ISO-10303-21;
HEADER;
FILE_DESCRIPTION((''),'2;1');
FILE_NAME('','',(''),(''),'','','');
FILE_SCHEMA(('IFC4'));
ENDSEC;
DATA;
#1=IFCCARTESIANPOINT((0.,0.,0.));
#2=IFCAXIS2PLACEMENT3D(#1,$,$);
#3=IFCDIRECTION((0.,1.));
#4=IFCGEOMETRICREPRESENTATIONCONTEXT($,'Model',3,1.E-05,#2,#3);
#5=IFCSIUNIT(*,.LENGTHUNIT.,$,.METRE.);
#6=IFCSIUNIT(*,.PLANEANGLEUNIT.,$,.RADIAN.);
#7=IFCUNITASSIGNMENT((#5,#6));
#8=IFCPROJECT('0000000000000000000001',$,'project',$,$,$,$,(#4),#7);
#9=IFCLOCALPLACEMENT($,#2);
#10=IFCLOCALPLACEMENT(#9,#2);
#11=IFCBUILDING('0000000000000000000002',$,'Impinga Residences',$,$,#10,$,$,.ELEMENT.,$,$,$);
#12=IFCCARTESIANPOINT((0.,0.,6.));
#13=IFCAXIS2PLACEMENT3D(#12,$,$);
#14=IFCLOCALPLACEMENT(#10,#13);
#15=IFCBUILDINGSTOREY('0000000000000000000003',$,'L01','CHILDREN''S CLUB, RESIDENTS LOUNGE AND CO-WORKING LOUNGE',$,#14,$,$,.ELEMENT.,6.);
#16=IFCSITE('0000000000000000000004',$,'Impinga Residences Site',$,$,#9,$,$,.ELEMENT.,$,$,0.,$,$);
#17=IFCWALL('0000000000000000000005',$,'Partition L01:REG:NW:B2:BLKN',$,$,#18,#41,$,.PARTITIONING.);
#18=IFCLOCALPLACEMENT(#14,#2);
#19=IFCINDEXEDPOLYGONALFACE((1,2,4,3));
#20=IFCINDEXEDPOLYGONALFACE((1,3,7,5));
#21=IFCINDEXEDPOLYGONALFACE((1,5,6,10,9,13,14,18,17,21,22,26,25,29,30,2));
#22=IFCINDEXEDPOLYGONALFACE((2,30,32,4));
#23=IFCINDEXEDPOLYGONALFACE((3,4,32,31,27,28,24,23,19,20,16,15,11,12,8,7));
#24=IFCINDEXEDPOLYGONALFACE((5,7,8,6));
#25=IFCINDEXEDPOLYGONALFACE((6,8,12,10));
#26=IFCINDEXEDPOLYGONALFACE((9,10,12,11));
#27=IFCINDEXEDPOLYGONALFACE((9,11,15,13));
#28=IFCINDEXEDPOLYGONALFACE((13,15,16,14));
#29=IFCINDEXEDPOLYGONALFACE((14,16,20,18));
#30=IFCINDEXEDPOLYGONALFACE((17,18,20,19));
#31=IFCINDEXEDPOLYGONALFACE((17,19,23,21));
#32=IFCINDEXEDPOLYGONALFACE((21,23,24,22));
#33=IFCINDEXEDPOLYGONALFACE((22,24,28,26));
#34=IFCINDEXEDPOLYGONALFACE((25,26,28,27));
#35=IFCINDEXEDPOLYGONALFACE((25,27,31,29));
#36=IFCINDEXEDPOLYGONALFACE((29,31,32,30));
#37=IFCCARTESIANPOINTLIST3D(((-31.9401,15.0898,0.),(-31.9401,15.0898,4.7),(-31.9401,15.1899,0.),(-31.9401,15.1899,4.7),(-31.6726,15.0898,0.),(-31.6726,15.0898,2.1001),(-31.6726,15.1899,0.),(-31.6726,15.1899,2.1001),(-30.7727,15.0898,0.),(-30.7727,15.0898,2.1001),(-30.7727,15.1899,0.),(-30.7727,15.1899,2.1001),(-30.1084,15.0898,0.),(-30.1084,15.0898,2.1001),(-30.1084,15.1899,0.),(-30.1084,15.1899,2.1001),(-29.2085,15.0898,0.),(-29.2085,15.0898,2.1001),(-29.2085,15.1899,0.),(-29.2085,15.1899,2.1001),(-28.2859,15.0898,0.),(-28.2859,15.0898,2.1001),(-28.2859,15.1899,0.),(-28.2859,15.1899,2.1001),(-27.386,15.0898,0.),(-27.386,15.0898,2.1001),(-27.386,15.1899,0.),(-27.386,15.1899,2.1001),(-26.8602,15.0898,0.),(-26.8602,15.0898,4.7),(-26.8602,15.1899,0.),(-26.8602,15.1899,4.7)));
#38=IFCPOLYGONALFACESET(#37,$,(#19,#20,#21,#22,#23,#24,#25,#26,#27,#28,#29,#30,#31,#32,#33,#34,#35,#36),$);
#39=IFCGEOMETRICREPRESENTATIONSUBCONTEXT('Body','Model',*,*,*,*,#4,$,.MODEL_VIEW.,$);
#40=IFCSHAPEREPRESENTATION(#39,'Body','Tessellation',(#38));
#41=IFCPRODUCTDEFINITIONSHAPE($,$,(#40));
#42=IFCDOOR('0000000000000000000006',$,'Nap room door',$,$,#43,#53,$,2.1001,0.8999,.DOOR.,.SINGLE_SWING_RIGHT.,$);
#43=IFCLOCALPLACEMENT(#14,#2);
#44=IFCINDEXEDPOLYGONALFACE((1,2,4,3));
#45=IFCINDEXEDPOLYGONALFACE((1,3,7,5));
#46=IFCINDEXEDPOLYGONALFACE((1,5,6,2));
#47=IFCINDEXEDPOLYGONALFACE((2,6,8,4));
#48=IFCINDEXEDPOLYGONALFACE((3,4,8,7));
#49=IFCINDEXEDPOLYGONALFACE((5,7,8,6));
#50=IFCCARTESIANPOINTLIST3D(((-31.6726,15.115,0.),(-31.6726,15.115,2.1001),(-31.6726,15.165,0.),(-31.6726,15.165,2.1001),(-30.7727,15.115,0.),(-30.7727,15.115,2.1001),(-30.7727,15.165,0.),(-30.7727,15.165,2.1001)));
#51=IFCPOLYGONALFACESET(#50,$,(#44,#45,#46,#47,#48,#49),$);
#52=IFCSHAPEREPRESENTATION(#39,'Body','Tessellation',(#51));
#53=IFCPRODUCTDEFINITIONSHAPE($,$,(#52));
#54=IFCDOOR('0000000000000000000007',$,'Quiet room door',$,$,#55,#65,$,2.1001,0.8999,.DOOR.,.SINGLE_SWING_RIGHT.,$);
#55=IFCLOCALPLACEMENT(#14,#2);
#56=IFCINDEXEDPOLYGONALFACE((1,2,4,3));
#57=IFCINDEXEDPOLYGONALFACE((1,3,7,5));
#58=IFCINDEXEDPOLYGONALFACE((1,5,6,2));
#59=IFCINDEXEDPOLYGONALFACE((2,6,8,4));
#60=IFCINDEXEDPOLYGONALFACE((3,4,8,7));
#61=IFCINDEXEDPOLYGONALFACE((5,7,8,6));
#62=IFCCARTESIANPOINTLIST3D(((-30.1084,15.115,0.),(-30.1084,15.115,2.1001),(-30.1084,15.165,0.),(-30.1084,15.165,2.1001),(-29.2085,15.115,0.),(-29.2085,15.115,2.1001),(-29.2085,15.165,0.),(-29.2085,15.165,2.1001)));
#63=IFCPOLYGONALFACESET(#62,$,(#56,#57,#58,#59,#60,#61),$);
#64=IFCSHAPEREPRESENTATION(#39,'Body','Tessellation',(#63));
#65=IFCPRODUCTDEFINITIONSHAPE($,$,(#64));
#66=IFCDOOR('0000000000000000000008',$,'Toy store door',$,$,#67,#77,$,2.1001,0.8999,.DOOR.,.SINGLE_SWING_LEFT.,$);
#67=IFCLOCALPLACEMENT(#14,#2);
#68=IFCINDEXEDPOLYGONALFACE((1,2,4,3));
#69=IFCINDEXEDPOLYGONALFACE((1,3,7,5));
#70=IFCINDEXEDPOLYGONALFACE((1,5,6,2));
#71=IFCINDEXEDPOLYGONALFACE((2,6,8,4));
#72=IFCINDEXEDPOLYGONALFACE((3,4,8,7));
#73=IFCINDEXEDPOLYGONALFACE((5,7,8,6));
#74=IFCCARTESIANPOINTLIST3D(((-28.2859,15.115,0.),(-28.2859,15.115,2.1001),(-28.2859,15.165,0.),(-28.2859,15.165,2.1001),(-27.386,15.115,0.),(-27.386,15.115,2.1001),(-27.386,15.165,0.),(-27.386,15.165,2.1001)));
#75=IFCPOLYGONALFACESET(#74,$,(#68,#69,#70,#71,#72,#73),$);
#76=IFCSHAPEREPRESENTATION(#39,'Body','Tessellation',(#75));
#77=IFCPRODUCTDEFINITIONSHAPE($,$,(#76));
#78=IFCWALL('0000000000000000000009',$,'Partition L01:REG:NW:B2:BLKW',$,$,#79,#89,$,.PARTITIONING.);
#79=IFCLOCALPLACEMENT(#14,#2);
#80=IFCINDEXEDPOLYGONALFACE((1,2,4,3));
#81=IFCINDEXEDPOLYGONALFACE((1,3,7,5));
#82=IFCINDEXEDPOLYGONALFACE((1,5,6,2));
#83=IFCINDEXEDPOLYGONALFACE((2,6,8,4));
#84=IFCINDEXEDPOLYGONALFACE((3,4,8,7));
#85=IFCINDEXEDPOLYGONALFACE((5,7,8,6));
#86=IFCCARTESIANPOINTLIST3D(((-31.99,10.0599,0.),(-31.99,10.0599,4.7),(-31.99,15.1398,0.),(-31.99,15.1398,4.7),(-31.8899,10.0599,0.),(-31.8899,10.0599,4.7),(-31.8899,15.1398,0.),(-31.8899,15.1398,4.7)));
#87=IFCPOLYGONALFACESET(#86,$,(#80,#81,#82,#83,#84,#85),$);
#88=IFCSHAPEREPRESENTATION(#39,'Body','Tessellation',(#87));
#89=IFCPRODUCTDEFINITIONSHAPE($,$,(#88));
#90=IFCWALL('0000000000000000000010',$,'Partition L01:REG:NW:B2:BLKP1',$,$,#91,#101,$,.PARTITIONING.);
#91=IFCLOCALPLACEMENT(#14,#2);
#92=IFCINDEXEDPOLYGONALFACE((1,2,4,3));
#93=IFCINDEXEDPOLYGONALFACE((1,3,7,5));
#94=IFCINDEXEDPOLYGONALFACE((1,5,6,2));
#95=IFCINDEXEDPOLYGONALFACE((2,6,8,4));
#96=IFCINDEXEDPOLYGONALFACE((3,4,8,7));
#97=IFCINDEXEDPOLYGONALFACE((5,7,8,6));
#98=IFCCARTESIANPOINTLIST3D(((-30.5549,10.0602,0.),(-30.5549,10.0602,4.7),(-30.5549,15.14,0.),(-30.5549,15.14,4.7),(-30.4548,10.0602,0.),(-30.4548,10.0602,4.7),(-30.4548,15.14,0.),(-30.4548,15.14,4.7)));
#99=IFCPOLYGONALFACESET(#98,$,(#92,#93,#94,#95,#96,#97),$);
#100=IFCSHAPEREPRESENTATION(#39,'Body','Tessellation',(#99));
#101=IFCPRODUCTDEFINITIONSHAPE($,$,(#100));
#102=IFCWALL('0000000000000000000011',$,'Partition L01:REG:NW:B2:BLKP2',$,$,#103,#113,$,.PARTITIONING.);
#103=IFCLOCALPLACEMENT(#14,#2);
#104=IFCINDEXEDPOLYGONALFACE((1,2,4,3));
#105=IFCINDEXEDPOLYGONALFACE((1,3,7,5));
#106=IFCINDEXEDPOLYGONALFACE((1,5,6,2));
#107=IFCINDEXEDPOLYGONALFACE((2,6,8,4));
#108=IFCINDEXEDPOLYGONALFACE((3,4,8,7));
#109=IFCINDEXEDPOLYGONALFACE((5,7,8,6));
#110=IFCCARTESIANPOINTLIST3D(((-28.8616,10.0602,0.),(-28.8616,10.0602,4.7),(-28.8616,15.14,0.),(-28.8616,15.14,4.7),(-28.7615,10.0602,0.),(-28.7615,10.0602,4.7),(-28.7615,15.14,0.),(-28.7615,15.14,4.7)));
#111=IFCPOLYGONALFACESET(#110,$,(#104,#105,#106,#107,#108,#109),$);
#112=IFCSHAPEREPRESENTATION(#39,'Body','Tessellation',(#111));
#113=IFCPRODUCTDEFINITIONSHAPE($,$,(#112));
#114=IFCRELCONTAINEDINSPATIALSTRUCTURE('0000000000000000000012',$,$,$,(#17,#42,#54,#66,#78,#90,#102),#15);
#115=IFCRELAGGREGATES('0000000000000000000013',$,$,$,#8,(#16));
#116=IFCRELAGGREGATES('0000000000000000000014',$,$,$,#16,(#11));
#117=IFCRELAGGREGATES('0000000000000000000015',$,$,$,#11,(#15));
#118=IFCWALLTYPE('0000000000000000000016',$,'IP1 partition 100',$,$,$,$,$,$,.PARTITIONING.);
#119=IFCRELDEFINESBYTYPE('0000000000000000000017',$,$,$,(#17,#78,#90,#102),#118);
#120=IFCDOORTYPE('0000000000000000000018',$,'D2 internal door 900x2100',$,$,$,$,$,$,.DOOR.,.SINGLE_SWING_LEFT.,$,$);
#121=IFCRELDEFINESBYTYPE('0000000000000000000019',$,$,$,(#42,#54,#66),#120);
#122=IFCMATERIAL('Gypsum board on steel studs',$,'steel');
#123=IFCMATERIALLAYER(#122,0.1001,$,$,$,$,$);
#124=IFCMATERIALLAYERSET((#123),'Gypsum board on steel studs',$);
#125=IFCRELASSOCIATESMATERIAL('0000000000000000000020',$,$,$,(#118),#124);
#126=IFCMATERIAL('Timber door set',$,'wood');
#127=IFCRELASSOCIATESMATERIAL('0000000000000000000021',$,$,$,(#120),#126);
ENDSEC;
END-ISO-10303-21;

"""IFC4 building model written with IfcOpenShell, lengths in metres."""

from ifc_helpers import new_model, si_unit, direction, frame, frame_2d, origin, place, context, subcontext, project, spatial, rectangle, extrude, material, layer, layer_set, type_object, element, fill, save


model = new_model("IFC4")

# Units and contexts
model_context = context("Model", 3, precision=1e-05, world=origin(), true_north=direction((0.0, 1.0)))
body_context = subcontext(model_context, "Body", "Model", "MODEL_VIEW")
ifc_project = project(units=[si_unit("LENGTHUNIT", "METRE"), si_unit("PLANEANGLEUNIT", "RADIAN")], contexts=[model_context])

# Site, building, storey
site_placement = place(None, origin())
site = spatial("IfcSite", under=ifc_project, at=site_placement, Name="Impinga Residences Site", CompositionType="ELEMENT", RefElevation=0.0)
building_placement = place(site_placement, origin())
building = spatial("IfcBuilding", under=site, at=building_placement, Name="Impinga Residences", CompositionType="ELEMENT")
storey_placement = place(building_placement, frame((0.0, 0.0, 6.0)))
storey = spatial("IfcBuildingStorey", under=building, at=storey_placement, Name="L01", Description="CHILDREN'S CLUB, RESIDENTS LOUNGE AND CO-WORKING LOUNGE", CompositionType="ELEMENT", Elevation=6.0)

# Shared definitions
ifc_material_1 = material(Name="Gypsum board on steel studs", Category="steel")
ifc_layer = layer(ifc_material_1, 0.1001)
ifc_layer_set = layer_set([ifc_layer], Name="Gypsum board on steel studs")
wall_type = type_object("IfcWallType", Name="IP1 partition 100", PredefinedType="PARTITIONING", material=ifc_layer_set)

# Wall, openings, doors
wall_placement = place(storey_placement, frame((-26.8601, 15.1399, 0.0), z_axis=(0.0, 0.0, 1.0), x_axis=(-1.0, 0.0, 0.0)))
wall = element("IfcWall", 1, at=wall_placement, inside=storey, type_object=wall_type, Name="Partition L01:REG:NW:B2:BLKN", PredefinedType="PARTITIONING", context=body_context, shape_type="SweptSolid", body=[
    extrude(rectangle(XDim=5.0798, YDim=0.1001, at=frame_2d((2.54, 0.0))), origin(), (0.0, 0.0, 1.0), 4.7),
])
opening_1_placement = place(wall_placement, frame((3.9126, 0.0, 0.0)))
opening_1 = element("IfcOpeningElement", 2, at=opening_1_placement, cuts=wall, PredefinedType="OPENING", context=body_context, shape_type="SweptSolid", body=[
    extrude(rectangle(XDim=0.8999, YDim=2.1001, at=frame_2d((0.45, 1.05))), frame((0.0, 0.0601, 0.0), z_axis=(0.0, -1.0, 0.0), x_axis=(1.0, 0.0, 0.0)), (0.0, 0.0, 1.0), 0.1201),
])
opening_2_placement = place(wall_placement, frame((2.3484, 0.0, 0.0)))
opening_2 = element("IfcOpeningElement", 3, at=opening_2_placement, cuts=wall, PredefinedType="OPENING", context=body_context, shape_type="SweptSolid", body=[
    extrude(rectangle(XDim=0.8999, YDim=2.1001, at=frame_2d((0.45, 1.05))), frame((0.0, 0.0601, 0.0), z_axis=(0.0, -1.0, 0.0), x_axis=(1.0, 0.0, 0.0)), (0.0, 0.0, 1.0), 0.1201),
])
opening_3_placement = place(wall_placement, frame((0.5259, 0.0, 0.0)))
opening_3 = element("IfcOpeningElement", 4, at=opening_3_placement, cuts=wall, PredefinedType="OPENING", context=body_context, shape_type="SweptSolid", body=[
    extrude(rectangle(XDim=0.8999, YDim=2.1001, at=frame_2d((0.45, 1.05))), frame((0.0, 0.0601, 0.0), z_axis=(0.0, -1.0, 0.0), x_axis=(1.0, 0.0, 0.0)), (0.0, 0.0, 1.0), 0.1201),
])
ifc_material_2 = material(Name="Timber door set", Category="wood")
door_type = type_object("IfcDoorType", Name="D2 internal door 900x2100", OperationType="SINGLE_SWING_LEFT", PredefinedType="DOOR", material=ifc_material_2)
door_1_placement = place(opening_1_placement, origin())
door_1 = element("IfcDoor", 5, at=door_1_placement, inside=storey, type_object=door_type, Name="Nap room door", OperationType="SINGLE_SWING_RIGHT", OverallHeight=2.1001, OverallWidth=0.8999, PredefinedType="DOOR", context=body_context, shape_type="SweptSolid", body=[
    extrude(rectangle(XDim=0.8999, YDim=2.1001, at=frame_2d((0.45, 1.05))), frame((0.0, 0.0249, 0.0), z_axis=(0.0, -1.0, 0.0), x_axis=(1.0, 0.0, 0.0)), (0.0, 0.0, 1.0), 0.05),
])
fill(opening_1, door_1)
door_2_placement = place(opening_2_placement, origin())
door_2 = element("IfcDoor", 6, at=door_2_placement, inside=storey, type_object=door_type, Name="Quiet room door", OperationType="SINGLE_SWING_RIGHT", OverallHeight=2.1001, OverallWidth=0.8999, PredefinedType="DOOR", context=body_context, shape_type="SweptSolid", body=[
    extrude(rectangle(XDim=0.8999, YDim=2.1001, at=frame_2d((0.45, 1.05))), frame((0.0, 0.0249, 0.0), z_axis=(0.0, -1.0, 0.0), x_axis=(1.0, 0.0, 0.0)), (0.0, 0.0, 1.0), 0.05),
])
fill(opening_2, door_2)
door_3_placement = place(opening_3_placement, origin())
door_3 = element("IfcDoor", 7, at=door_3_placement, inside=storey, type_object=door_type, Name="Toy store door", OperationType="SINGLE_SWING_LEFT", OverallHeight=2.1001, OverallWidth=0.8999, PredefinedType="DOOR", context=body_context, shape_type="SweptSolid", body=[
    extrude(rectangle(XDim=0.8999, YDim=2.1001, at=frame_2d((0.45, 1.05))), frame((0.0, 0.0249, 0.0), z_axis=(0.0, -1.0, 0.0), x_axis=(1.0, 0.0, 0.0)), (0.0, 0.0, 1.0), 0.05),
])
fill(opening_3, door_3)

# Walls
for number, where, z_axis, x_axis, name in (
    (8, (-31.9399, 15.1399, 0.0), (0.0, 0.0, 1.0), (0.0, -1.0, 0.0), "Partition L01:REG:NW:B2:BLKW"),
    (9, (-30.5049, 10.0601, 0.0), (0.0, 0.0, 1.0), (0.0, 1.0, 0.0), "Partition L01:REG:NW:B2:BLKP1"),
    (10, (-28.8115, 10.0601, 0.0), (0.0, 0.0, 1.0), (0.0, 1.0, 0.0), "Partition L01:REG:NW:B2:BLKP2"),
):
    element("IfcWall", number, at=place(storey_placement, frame(where, z_axis=z_axis, x_axis=x_axis)), inside=storey, type_object=wall_type, Name=name, PredefinedType="PARTITIONING", context=body_context, shape_type="SweptSolid", body=[
        extrude(rectangle(XDim=5.0798, YDim=0.1001, at=frame_2d((2.54, 0.0))), origin(), (0.0, 0.0, 1.0), 4.7),
    ])

save(model, "model.ifc")
